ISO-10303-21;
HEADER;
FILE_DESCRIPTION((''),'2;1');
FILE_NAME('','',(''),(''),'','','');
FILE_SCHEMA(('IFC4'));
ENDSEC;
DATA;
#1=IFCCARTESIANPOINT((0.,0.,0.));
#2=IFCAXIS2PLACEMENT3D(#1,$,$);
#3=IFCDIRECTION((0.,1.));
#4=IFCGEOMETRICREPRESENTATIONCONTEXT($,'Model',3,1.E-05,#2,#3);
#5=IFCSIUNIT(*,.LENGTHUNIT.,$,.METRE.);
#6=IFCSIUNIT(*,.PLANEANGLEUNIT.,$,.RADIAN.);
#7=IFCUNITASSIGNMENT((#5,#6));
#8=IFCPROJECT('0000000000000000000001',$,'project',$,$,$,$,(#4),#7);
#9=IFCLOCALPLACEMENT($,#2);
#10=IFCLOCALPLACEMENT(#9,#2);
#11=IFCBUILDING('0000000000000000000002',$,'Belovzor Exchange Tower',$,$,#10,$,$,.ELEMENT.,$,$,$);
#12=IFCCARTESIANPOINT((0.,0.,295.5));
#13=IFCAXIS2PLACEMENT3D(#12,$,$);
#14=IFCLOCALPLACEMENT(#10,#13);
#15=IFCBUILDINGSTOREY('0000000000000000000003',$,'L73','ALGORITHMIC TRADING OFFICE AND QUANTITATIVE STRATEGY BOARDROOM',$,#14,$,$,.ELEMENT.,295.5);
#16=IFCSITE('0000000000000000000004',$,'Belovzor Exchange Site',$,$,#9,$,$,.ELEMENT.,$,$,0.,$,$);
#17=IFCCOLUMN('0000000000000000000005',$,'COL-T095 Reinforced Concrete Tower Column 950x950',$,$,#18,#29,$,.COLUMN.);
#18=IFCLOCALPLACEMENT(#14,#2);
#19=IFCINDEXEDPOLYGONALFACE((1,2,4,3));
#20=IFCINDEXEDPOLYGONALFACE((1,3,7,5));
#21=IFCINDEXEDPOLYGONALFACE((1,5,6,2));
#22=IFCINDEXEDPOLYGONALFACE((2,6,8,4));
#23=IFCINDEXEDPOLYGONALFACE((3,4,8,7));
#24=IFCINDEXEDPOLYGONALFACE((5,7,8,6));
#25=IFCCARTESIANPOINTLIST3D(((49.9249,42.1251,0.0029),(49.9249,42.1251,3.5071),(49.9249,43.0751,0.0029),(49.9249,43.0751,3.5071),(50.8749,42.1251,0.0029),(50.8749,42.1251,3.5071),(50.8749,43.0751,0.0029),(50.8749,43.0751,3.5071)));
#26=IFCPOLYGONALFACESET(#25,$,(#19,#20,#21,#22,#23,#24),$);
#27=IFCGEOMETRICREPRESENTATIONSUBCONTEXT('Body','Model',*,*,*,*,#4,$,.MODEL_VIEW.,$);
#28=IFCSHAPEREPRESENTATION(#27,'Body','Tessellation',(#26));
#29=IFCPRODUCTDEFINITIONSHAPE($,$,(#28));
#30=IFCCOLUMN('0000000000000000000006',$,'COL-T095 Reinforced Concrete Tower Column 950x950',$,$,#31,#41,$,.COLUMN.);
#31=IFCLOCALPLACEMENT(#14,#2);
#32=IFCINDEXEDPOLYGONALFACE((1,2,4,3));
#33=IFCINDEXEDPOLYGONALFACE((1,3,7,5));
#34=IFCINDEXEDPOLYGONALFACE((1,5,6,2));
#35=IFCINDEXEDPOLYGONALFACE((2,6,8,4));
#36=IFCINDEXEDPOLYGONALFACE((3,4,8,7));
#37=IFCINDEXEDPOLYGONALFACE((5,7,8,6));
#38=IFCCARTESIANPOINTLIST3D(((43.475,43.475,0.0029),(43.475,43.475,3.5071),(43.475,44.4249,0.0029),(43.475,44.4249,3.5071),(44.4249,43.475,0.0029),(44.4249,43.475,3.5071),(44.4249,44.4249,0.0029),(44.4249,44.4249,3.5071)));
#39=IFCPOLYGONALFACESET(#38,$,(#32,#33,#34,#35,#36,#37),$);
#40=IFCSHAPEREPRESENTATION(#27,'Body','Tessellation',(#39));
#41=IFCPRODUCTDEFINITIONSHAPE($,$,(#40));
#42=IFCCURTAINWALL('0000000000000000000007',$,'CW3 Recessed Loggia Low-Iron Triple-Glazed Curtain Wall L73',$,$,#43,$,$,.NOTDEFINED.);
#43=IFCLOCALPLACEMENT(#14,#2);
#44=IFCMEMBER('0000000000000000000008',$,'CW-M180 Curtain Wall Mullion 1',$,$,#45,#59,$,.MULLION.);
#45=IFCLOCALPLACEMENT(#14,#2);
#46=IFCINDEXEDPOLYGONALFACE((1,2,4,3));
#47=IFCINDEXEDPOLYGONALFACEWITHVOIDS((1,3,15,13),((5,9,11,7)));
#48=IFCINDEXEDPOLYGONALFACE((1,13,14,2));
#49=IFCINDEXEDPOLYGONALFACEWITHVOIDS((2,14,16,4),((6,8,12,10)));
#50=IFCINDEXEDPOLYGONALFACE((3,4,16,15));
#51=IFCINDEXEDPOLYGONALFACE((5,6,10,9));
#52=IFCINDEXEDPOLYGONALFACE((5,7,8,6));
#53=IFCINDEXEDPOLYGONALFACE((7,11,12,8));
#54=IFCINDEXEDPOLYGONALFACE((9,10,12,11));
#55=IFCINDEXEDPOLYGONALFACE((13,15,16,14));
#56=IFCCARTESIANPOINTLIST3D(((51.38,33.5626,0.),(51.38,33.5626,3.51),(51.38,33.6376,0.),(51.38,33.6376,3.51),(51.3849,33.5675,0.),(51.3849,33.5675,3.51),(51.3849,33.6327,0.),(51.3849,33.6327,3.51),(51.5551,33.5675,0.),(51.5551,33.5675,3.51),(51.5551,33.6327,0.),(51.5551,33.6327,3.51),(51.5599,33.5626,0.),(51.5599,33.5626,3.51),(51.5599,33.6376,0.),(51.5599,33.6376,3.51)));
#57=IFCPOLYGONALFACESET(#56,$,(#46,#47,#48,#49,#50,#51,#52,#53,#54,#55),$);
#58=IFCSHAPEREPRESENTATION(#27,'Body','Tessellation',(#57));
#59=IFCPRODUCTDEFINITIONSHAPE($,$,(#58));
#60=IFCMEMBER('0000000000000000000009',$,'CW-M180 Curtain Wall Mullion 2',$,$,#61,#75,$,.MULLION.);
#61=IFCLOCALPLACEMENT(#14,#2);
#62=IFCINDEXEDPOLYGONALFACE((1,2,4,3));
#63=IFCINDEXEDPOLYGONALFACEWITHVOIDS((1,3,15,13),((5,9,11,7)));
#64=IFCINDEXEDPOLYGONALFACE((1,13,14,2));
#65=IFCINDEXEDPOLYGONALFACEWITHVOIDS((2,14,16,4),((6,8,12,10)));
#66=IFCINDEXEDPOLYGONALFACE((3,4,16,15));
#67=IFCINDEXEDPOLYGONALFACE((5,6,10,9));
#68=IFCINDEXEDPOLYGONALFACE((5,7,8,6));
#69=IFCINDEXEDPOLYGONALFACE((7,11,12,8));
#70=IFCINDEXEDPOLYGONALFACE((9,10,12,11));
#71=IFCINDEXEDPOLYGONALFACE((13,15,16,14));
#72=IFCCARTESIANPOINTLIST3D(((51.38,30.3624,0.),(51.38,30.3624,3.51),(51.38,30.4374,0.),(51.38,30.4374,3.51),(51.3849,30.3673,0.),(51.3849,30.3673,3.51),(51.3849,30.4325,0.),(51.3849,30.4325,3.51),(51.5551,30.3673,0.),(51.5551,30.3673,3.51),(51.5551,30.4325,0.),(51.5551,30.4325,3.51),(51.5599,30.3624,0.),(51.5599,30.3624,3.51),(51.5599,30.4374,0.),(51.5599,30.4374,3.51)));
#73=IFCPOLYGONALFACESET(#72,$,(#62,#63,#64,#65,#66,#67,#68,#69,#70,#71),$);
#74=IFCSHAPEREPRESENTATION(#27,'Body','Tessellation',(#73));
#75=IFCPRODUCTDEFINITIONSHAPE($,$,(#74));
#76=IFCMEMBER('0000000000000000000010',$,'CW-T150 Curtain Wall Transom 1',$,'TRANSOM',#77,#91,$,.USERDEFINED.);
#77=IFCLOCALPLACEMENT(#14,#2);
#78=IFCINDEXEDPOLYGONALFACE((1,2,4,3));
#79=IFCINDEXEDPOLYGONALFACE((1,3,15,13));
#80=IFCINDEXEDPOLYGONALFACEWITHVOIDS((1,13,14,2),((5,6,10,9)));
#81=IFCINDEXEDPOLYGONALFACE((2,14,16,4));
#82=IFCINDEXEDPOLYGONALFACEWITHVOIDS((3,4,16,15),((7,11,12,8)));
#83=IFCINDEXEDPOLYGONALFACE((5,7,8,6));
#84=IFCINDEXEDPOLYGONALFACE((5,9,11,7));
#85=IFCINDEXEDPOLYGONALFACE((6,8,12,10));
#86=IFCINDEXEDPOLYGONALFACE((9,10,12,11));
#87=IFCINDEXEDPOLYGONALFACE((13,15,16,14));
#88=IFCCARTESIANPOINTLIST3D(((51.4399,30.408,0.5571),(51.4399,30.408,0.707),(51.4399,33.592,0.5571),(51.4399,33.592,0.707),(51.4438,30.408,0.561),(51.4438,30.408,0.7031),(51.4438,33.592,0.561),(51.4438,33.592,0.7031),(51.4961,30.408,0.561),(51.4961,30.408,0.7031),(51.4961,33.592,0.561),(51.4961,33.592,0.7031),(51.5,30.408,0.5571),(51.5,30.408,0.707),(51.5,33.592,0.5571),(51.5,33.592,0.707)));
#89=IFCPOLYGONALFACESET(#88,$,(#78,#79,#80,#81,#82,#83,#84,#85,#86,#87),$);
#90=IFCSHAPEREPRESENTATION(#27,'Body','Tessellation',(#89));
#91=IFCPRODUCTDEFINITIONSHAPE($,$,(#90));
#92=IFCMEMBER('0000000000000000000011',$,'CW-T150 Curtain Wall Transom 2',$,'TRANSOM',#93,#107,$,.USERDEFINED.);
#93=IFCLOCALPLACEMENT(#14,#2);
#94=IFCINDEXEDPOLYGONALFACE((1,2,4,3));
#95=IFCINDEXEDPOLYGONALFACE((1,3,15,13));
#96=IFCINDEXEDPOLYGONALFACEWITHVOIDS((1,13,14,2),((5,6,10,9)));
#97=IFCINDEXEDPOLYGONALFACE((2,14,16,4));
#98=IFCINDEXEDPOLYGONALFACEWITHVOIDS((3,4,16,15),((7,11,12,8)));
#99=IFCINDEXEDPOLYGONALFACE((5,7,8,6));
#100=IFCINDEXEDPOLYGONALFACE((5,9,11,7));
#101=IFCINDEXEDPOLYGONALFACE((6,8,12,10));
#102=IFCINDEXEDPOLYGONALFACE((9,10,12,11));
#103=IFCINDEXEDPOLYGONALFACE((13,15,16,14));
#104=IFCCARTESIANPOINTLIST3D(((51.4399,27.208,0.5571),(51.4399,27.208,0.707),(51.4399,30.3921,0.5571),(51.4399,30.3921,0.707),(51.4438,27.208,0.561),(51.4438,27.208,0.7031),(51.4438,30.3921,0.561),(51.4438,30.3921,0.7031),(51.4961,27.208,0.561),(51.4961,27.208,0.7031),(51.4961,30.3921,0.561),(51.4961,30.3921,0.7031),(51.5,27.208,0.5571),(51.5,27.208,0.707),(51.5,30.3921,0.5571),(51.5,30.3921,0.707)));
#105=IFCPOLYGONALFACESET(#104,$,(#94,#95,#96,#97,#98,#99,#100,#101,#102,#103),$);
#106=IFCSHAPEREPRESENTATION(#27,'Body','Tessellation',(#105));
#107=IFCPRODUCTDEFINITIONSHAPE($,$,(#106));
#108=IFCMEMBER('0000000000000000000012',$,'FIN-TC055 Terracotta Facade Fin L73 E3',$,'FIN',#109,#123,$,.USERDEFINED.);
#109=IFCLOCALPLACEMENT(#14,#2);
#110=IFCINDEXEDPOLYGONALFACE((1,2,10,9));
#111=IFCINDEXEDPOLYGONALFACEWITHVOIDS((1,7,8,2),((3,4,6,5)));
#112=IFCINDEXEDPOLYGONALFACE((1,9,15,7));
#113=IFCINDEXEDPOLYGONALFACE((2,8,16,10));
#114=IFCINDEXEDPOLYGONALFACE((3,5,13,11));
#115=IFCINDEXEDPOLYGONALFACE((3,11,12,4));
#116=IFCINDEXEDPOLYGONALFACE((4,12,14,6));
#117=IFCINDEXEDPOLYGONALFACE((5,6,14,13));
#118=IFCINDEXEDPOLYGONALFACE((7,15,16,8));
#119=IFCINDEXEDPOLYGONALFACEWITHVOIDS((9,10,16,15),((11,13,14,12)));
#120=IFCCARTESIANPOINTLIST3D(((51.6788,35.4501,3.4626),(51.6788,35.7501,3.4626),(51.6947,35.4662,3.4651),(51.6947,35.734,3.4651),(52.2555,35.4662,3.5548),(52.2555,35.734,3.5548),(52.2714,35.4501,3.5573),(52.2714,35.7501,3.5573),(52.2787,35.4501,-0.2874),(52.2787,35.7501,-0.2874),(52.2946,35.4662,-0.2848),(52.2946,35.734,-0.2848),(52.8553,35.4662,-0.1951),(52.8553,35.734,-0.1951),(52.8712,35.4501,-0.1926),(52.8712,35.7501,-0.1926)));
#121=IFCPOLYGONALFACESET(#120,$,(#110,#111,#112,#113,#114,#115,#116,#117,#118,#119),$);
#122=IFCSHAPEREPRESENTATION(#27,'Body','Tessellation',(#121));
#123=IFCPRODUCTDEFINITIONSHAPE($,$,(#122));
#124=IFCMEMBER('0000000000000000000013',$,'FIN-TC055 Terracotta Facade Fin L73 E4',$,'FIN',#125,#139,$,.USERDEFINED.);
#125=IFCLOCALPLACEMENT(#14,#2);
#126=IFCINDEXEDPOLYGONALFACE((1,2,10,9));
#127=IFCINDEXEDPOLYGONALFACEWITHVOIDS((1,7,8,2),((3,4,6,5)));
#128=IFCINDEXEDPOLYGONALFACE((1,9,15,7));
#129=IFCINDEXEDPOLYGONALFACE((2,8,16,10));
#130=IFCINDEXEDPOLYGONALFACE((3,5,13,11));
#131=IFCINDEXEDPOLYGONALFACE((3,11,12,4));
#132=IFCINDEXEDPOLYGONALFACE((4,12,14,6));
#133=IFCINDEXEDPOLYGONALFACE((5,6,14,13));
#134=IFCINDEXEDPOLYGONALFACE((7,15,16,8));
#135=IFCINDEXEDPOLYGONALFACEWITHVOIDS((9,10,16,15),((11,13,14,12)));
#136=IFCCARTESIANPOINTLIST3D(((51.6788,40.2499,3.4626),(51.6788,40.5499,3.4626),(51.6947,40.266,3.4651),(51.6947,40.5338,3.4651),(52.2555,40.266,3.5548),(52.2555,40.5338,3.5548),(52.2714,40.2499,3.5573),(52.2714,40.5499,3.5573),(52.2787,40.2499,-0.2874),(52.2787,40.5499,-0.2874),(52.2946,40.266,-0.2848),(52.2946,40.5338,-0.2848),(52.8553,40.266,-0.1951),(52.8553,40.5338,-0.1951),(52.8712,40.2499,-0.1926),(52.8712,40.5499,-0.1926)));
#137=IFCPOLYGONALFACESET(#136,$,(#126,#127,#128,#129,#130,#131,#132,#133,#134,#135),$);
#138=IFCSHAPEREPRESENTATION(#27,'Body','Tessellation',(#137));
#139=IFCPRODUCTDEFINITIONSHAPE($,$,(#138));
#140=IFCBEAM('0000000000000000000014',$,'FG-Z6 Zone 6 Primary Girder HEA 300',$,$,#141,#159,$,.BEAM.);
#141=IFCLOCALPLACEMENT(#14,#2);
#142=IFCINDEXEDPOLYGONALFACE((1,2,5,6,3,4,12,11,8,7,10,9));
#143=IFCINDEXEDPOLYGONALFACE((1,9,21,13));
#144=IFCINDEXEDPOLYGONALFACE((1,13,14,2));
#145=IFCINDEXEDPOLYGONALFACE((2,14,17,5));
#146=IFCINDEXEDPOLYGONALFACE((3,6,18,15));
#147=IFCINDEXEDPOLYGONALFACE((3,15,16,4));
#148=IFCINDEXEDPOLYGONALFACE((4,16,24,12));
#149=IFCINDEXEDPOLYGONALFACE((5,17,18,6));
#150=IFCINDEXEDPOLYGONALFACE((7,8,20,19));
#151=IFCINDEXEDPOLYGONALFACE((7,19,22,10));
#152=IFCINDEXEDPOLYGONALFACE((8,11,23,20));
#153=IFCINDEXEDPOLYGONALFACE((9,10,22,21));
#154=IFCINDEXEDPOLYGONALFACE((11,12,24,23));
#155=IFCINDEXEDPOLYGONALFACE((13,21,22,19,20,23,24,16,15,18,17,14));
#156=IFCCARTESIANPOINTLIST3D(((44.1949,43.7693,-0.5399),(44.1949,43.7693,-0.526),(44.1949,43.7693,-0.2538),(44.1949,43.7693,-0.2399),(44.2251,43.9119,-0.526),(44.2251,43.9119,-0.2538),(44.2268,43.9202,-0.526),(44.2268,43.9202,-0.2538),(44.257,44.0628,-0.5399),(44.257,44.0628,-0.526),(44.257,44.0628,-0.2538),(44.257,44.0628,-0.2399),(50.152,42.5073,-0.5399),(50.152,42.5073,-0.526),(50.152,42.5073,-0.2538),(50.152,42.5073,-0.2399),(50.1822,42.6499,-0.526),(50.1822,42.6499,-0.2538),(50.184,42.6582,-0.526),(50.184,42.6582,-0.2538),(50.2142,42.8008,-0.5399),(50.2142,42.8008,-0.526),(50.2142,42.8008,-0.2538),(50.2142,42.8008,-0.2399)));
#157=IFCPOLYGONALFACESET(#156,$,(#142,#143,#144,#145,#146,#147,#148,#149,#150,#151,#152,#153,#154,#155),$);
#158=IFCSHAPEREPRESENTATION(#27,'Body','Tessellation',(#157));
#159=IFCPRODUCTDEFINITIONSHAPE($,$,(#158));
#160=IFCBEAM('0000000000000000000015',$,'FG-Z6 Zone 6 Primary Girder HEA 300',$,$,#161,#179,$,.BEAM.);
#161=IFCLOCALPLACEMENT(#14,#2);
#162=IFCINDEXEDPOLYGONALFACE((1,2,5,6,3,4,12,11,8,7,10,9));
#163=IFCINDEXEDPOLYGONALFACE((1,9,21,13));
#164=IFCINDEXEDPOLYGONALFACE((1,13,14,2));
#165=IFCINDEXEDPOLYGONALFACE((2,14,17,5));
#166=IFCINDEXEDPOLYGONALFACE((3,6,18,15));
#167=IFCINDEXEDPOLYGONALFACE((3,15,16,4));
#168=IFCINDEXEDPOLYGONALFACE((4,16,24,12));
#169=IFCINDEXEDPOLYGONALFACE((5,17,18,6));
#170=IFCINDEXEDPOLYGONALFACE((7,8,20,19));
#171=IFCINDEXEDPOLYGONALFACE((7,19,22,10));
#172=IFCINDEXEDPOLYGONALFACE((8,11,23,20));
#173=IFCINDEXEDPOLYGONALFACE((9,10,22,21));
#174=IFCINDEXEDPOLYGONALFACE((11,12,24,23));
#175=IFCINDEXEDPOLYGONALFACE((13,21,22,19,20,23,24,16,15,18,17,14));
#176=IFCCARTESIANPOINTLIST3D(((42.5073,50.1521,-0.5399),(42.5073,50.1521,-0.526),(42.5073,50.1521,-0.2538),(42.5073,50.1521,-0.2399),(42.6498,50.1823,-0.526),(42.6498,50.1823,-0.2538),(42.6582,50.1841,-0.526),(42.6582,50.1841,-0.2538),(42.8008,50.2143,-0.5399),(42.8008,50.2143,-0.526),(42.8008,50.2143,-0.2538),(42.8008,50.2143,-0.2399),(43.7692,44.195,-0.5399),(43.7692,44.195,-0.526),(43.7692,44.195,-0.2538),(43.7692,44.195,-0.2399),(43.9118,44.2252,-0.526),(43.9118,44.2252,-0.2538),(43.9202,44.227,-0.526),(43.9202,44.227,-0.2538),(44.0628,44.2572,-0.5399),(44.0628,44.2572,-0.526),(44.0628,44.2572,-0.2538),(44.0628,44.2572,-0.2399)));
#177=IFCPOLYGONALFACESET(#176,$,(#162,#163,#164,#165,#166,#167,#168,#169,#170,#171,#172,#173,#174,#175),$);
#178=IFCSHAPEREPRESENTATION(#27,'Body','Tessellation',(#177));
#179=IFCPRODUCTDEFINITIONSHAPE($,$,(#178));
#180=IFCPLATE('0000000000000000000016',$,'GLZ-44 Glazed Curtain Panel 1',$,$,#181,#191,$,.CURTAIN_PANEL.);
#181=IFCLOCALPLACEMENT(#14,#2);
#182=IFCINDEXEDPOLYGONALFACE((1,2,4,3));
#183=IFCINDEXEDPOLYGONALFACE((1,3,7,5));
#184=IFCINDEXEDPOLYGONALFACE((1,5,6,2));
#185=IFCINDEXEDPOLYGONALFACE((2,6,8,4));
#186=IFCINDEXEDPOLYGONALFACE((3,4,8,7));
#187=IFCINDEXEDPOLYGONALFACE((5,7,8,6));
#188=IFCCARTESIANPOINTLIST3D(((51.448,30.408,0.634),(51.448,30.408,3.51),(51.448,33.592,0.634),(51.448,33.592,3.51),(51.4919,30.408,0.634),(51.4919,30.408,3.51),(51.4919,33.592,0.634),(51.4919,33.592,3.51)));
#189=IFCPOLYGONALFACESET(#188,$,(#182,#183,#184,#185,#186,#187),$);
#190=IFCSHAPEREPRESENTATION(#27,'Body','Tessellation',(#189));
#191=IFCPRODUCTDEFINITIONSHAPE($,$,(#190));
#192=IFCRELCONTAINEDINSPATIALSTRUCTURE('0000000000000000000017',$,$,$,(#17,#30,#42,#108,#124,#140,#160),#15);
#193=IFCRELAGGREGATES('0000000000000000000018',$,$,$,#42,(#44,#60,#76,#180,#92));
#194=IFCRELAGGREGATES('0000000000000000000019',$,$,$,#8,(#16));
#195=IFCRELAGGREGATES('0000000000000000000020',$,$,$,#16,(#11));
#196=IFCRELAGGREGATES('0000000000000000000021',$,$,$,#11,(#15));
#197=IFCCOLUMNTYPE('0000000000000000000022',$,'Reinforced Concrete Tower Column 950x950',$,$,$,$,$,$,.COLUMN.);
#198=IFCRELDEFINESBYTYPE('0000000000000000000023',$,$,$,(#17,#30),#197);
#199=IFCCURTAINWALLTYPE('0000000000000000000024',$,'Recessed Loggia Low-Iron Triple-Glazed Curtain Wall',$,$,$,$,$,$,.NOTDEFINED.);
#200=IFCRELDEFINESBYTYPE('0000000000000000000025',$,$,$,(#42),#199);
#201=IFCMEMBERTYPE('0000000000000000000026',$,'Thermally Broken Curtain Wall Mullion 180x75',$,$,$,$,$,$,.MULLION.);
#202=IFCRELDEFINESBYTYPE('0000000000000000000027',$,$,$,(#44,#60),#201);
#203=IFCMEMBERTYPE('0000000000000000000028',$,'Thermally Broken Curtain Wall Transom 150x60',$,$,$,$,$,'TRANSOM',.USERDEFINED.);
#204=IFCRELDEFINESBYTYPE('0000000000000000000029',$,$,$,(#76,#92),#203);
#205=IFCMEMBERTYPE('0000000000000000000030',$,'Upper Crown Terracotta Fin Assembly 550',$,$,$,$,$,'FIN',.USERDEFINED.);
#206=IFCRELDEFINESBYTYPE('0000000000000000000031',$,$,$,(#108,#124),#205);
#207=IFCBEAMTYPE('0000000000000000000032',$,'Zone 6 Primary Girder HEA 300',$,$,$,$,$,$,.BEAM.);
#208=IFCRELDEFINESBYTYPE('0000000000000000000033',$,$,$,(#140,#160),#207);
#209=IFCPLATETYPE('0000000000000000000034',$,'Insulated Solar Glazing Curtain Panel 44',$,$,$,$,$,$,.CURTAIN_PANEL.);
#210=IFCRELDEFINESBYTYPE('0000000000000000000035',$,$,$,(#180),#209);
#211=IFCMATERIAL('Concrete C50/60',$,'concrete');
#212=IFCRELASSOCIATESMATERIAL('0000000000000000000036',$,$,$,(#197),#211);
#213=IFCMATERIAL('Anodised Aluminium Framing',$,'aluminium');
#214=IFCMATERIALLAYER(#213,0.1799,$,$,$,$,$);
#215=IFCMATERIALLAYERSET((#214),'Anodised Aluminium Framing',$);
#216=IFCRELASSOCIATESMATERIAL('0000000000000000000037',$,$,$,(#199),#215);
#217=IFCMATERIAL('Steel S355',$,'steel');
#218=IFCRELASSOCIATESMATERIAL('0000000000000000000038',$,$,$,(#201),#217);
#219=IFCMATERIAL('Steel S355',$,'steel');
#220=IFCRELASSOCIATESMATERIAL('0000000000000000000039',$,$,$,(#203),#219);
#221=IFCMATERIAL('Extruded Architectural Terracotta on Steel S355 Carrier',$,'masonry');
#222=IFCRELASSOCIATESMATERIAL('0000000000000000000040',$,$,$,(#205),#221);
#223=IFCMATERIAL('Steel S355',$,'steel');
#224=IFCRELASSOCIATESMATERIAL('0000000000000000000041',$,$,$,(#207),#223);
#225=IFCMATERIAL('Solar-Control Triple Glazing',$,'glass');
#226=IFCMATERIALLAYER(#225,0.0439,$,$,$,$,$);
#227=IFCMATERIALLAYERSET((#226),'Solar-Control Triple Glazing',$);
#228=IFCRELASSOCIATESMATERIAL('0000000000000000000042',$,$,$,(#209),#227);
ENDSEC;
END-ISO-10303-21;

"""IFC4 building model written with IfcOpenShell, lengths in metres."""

from ifc_helpers import new_model, si_unit, direction, frame, origin, origin_2d, place, context, subcontext, project, spatial, rectangle, hollow_rectangle, i_section, extrude, material, layer, layer_set, material_profile, profile_set, type_object, element, aggregate, save


model = new_model("IFC4")

# Units and contexts
model_context = context("Model", 3, precision=1e-05, world=origin(), true_north=direction((0.0, 1.0)))
body_context = subcontext(model_context, "Body", "Model", "MODEL_VIEW")
ifc_project = project(units=[si_unit("LENGTHUNIT", "METRE"), si_unit("PLANEANGLEUNIT", "RADIAN")], contexts=[model_context])

# Site, building, storey
site_placement = place(None, origin())
site = spatial("IfcSite", under=ifc_project, at=site_placement, Name="Belovzor Exchange Site", CompositionType="ELEMENT", RefElevation=0.0)
building_placement = place(site_placement, origin())
building = spatial("IfcBuilding", under=site, at=building_placement, Name="Belovzor Exchange Tower", CompositionType="ELEMENT")
storey_placement = place(building_placement, frame((0.0, 0.0, 295.5)))
storey = spatial("IfcBuildingStorey", under=building, at=storey_placement, Name="L73", Description="ALGORITHMIC TRADING OFFICE AND QUANTITATIVE STRATEGY BOARDROOM", CompositionType="ELEMENT", Elevation=295.5)

# Columns
ifc_material_1 = material(Name="Concrete C50/60", Category="concrete")
ifc_material_profile_1 = material_profile(ifc_material_1, rectangle(XDim=0.95, YDim=0.95, at=origin_2d()))
ifc_profile_set_1 = profile_set([ifc_material_profile_1], Name="Concrete C50/60")
column_type = type_object("IfcColumnType", Name="Reinforced Concrete Tower Column 950x950", PredefinedType="COLUMN", material=ifc_profile_set_1)
for number, where, z_axis, x_axis, name in (
    (1, (50.3999, 42.6001, 0.0029), (0.0, 0.0, 1.0), (1.0, 0.0, 0.0), "COL-T095 Reinforced Concrete Tower Column 950x950"),
    (2, (43.95, 43.95, 0.0029), (0.0, 0.0, 1.0), (1.0, 0.0, 0.0), "COL-T095 Reinforced Concrete Tower Column 950x950"),
):
    element("IfcColumn", number, at=place(storey_placement, frame(where, z_axis=z_axis, x_axis=x_axis)), inside=storey, type_object=column_type, Name=name, PredefinedType="COLUMN", context=body_context, shape_type="SweptSolid", body=[
        extrude(rectangle(XDim=0.95, YDim=0.95, at=origin_2d()), origin(), (0.0, 0.0, 1.0), 3.5042),
    ])

# Curtain wall, members
ifc_material_2 = material(Name="Anodised Aluminium Framing", Category="aluminium")
ifc_layer_1 = layer(ifc_material_2, 0.1799)
ifc_layer_set_1 = layer_set([ifc_layer_1], Name="Anodised Aluminium Framing")
curtain_wall_type = type_object("IfcCurtainWallType", Name="Recessed Loggia Low-Iron Triple-Glazed Curtain Wall", PredefinedType="NOTDEFINED", material=ifc_layer_set_1)
curtain_wall_placement = place(storey_placement, origin())
curtain_wall = element("IfcCurtainWall", 3, at=curtain_wall_placement, inside=storey, type_object=curtain_wall_type, Name="CW3 Recessed Loggia Low-Iron Triple-Glazed Curtain Wall L73", PredefinedType="NOTDEFINED")
ifc_material_3 = material(Name="Steel S355", Category="steel")
ifc_material_profile_2 = material_profile(ifc_material_3, hollow_rectangle(XDim=0.075, YDim=0.1799, WallThickness=0.0049, at=origin_2d()))
ifc_profile_set_2 = profile_set([ifc_material_profile_2], Name="Steel S355")
member_type_1 = type_object("IfcMemberType", Name="Thermally Broken Curtain Wall Mullion 180x75", PredefinedType="MULLION", material=ifc_profile_set_2)
member_1_placement = place(storey_placement, frame((51.47, 33.6001, 0.0), z_axis=(0.0, 0.0, 1.0), x_axis=(0.0, -1.0, 0.0)))
member_1 = element("IfcMember", 4, at=member_1_placement, type_object=member_type_1, Name="CW-M180 Curtain Wall Mullion 1", PredefinedType="MULLION", context=body_context, shape_type="SweptSolid", body=[
    extrude(hollow_rectangle(XDim=0.075, YDim=0.1799, WallThickness=0.0049, at=origin_2d()), origin(), (0.0, 0.0, 1.0), 3.51),
])
member_2_placement = place(storey_placement, frame((51.47, 30.3999, 0.0), z_axis=(0.0, 0.0, 1.0), x_axis=(0.0, -1.0, 0.0)))
member_2 = element("IfcMember", 5, at=member_2_placement, type_object=member_type_1, Name="CW-M180 Curtain Wall Mullion 2", PredefinedType="MULLION", context=body_context, shape_type="SweptSolid", body=[
    extrude(hollow_rectangle(XDim=0.075, YDim=0.1799, WallThickness=0.0049, at=origin_2d()), origin(), (0.0, 0.0, 1.0), 3.51),
])
ifc_material_4 = material(Name="Steel S355", Category="steel")
ifc_material_profile_3 = material_profile(ifc_material_4, hollow_rectangle(XDim=0.0601, YDim=0.1499, WallThickness=0.0039, at=origin_2d()))
ifc_profile_set_3 = profile_set([ifc_material_profile_3], Name="Steel S355")
member_type_2 = type_object("IfcMemberType", Name="Thermally Broken Curtain Wall Transom 150x60", ElementType="TRANSOM", PredefinedType="USERDEFINED", material=ifc_profile_set_3)
member_3_placement = place(storey_placement, frame((51.47, 33.592, 0.6321), z_axis=(0.0, -1.0, 0.0), x_axis=(1.0, 0.0, 0.0)))
member_3 = element("IfcMember", 6, at=member_3_placement, type_object=member_type_2, Name="CW-T150 Curtain Wall Transom 1", ObjectType="TRANSOM", PredefinedType="USERDEFINED", context=body_context, shape_type="SweptSolid", body=[
    extrude(hollow_rectangle(XDim=0.0601, YDim=0.1499, WallThickness=0.0039, at=origin_2d()), origin(), (0.0, 0.0, 1.0), 3.1841),
])
member_4_placement = place(storey_placement, frame((51.47, 30.3921, 0.6321), z_axis=(0.0, -1.0, 0.0), x_axis=(1.0, 0.0, 0.0)))
member_4 = element("IfcMember", 7, at=member_4_placement, type_object=member_type_2, Name="CW-T150 Curtain Wall Transom 2", ObjectType="TRANSOM", PredefinedType="USERDEFINED", context=body_context, shape_type="SweptSolid", body=[
    extrude(hollow_rectangle(XDim=0.0601, YDim=0.1499, WallThickness=0.0039, at=origin_2d()), origin(), (0.0, 0.0, 1.0), 3.1841),
])

# Members
ifc_material_5 = material(Name="Extruded Architectural Terracotta on Steel S355 Carrier", Category="masonry")
ifc_material_profile_4 = material_profile(ifc_material_5, hollow_rectangle(XDim=0.3, YDim=0.6001, WallThickness=0.0161, at=origin_2d()))
ifc_profile_set_4 = profile_set([ifc_material_profile_4], Name="Extruded Architectural Terracotta on Steel S355 Carrier")
member_type_3 = type_object("IfcMemberType", Name="Upper Crown Terracotta Fin Assembly 550", ElementType="FIN", PredefinedType="USERDEFINED", material=ifc_profile_set_4)
for number, where, z_axis, x_axis, name in (
    (8, (52.575, 35.6001, -0.24), (-0.157953, 0.0, 0.987447), (0.0, -1.0, 0.0), "FIN-TC055 Terracotta Facade Fin L73 E3"),
    (9, (52.575, 40.3999, -0.24), (-0.157953, 0.0, 0.987447), (0.0, -1.0, 0.0), "FIN-TC055 Terracotta Facade Fin L73 E4"),
):
    element("IfcMember", number, at=place(storey_placement, frame(where, z_axis=z_axis, x_axis=x_axis)), inside=storey, type_object=member_type_3, Name=name, ObjectType="FIN", PredefinedType="USERDEFINED", context=body_context, shape_type="SweptSolid", body=[
        extrude(hollow_rectangle(XDim=0.3, YDim=0.6001, WallThickness=0.0161, at=origin_2d()), origin(), (0.0, 0.0, 1.0), 3.7976),
    ])

# Beams
ifc_material_6 = material(Name="Steel S355", Category="steel")
ifc_material_profile_5 = material_profile(ifc_material_6, i_section(OverallWidth=0.3, OverallDepth=0.3, WebThickness=0.0085, FlangeThickness=0.0139, at=origin_2d()))
ifc_profile_set_5 = profile_set([ifc_material_profile_5], Name="Steel S355")
beam_type = type_object("IfcBeamType", Name="Zone 6 Primary Girder HEA 300", PredefinedType="BEAM", material=ifc_profile_set_5)
for number, where, z_axis, x_axis, name in (
    (10, (50.1831, 42.6541, -0.3899), (-0.978289, 0.207245, 0.0), (-0.207245, -0.978289, 0.0), "FG-Z6 Zone 6 Primary Girder HEA 300"),
    (11, (43.916, 44.2261, -0.3899), (-0.207245, 0.978289, 0.0), (-0.978289, -0.207245, 0.0), "FG-Z6 Zone 6 Primary Girder HEA 300"),
):
    element("IfcBeam", number, at=place(storey_placement, frame(where, z_axis=z_axis, x_axis=x_axis)), inside=storey, type_object=beam_type, Name=name, PredefinedType="BEAM", context=body_context, shape_type="SweptSolid", body=[
        extrude(i_section(OverallWidth=0.3, OverallDepth=0.3, WebThickness=0.0085, FlangeThickness=0.0139, at=origin_2d()), origin(), (0.0, 0.0, 1.0), 6.0894),
    ])

# Plate
ifc_material_7 = material(Name="Solar-Control Triple Glazing", Category="glass")
ifc_layer_2 = layer(ifc_material_7, 0.0439)
ifc_layer_set_2 = layer_set([ifc_layer_2], Name="Solar-Control Triple Glazing")
plate_type_1 = type_object("IfcPlateType", Name="Insulated Solar Glazing Curtain Panel 44", PredefinedType="CURTAIN_PANEL", material=ifc_layer_set_2)
plate_1_placement = place(storey_placement, frame((51.47, 32.0, 0.634), z_axis=(0.0, 0.0, 1.0), x_axis=(0.0, -1.0, 0.0)))
plate_1 = element("IfcPlate", 12, at=plate_1_placement, type_object=plate_type_1, Name="GLZ-44 Glazed Curtain Panel 1", PredefinedType="CURTAIN_PANEL", context=body_context, shape_type="SweptSolid", body=[
    extrude(rectangle(XDim=3.1841, YDim=0.0439, at=origin_2d()), origin(), (0.0, 0.0, 1.0), 2.876),
])
aggregate(curtain_wall, [member_1, member_2, member_3, plate_1, member_4])

save(model, "model.ifc")
